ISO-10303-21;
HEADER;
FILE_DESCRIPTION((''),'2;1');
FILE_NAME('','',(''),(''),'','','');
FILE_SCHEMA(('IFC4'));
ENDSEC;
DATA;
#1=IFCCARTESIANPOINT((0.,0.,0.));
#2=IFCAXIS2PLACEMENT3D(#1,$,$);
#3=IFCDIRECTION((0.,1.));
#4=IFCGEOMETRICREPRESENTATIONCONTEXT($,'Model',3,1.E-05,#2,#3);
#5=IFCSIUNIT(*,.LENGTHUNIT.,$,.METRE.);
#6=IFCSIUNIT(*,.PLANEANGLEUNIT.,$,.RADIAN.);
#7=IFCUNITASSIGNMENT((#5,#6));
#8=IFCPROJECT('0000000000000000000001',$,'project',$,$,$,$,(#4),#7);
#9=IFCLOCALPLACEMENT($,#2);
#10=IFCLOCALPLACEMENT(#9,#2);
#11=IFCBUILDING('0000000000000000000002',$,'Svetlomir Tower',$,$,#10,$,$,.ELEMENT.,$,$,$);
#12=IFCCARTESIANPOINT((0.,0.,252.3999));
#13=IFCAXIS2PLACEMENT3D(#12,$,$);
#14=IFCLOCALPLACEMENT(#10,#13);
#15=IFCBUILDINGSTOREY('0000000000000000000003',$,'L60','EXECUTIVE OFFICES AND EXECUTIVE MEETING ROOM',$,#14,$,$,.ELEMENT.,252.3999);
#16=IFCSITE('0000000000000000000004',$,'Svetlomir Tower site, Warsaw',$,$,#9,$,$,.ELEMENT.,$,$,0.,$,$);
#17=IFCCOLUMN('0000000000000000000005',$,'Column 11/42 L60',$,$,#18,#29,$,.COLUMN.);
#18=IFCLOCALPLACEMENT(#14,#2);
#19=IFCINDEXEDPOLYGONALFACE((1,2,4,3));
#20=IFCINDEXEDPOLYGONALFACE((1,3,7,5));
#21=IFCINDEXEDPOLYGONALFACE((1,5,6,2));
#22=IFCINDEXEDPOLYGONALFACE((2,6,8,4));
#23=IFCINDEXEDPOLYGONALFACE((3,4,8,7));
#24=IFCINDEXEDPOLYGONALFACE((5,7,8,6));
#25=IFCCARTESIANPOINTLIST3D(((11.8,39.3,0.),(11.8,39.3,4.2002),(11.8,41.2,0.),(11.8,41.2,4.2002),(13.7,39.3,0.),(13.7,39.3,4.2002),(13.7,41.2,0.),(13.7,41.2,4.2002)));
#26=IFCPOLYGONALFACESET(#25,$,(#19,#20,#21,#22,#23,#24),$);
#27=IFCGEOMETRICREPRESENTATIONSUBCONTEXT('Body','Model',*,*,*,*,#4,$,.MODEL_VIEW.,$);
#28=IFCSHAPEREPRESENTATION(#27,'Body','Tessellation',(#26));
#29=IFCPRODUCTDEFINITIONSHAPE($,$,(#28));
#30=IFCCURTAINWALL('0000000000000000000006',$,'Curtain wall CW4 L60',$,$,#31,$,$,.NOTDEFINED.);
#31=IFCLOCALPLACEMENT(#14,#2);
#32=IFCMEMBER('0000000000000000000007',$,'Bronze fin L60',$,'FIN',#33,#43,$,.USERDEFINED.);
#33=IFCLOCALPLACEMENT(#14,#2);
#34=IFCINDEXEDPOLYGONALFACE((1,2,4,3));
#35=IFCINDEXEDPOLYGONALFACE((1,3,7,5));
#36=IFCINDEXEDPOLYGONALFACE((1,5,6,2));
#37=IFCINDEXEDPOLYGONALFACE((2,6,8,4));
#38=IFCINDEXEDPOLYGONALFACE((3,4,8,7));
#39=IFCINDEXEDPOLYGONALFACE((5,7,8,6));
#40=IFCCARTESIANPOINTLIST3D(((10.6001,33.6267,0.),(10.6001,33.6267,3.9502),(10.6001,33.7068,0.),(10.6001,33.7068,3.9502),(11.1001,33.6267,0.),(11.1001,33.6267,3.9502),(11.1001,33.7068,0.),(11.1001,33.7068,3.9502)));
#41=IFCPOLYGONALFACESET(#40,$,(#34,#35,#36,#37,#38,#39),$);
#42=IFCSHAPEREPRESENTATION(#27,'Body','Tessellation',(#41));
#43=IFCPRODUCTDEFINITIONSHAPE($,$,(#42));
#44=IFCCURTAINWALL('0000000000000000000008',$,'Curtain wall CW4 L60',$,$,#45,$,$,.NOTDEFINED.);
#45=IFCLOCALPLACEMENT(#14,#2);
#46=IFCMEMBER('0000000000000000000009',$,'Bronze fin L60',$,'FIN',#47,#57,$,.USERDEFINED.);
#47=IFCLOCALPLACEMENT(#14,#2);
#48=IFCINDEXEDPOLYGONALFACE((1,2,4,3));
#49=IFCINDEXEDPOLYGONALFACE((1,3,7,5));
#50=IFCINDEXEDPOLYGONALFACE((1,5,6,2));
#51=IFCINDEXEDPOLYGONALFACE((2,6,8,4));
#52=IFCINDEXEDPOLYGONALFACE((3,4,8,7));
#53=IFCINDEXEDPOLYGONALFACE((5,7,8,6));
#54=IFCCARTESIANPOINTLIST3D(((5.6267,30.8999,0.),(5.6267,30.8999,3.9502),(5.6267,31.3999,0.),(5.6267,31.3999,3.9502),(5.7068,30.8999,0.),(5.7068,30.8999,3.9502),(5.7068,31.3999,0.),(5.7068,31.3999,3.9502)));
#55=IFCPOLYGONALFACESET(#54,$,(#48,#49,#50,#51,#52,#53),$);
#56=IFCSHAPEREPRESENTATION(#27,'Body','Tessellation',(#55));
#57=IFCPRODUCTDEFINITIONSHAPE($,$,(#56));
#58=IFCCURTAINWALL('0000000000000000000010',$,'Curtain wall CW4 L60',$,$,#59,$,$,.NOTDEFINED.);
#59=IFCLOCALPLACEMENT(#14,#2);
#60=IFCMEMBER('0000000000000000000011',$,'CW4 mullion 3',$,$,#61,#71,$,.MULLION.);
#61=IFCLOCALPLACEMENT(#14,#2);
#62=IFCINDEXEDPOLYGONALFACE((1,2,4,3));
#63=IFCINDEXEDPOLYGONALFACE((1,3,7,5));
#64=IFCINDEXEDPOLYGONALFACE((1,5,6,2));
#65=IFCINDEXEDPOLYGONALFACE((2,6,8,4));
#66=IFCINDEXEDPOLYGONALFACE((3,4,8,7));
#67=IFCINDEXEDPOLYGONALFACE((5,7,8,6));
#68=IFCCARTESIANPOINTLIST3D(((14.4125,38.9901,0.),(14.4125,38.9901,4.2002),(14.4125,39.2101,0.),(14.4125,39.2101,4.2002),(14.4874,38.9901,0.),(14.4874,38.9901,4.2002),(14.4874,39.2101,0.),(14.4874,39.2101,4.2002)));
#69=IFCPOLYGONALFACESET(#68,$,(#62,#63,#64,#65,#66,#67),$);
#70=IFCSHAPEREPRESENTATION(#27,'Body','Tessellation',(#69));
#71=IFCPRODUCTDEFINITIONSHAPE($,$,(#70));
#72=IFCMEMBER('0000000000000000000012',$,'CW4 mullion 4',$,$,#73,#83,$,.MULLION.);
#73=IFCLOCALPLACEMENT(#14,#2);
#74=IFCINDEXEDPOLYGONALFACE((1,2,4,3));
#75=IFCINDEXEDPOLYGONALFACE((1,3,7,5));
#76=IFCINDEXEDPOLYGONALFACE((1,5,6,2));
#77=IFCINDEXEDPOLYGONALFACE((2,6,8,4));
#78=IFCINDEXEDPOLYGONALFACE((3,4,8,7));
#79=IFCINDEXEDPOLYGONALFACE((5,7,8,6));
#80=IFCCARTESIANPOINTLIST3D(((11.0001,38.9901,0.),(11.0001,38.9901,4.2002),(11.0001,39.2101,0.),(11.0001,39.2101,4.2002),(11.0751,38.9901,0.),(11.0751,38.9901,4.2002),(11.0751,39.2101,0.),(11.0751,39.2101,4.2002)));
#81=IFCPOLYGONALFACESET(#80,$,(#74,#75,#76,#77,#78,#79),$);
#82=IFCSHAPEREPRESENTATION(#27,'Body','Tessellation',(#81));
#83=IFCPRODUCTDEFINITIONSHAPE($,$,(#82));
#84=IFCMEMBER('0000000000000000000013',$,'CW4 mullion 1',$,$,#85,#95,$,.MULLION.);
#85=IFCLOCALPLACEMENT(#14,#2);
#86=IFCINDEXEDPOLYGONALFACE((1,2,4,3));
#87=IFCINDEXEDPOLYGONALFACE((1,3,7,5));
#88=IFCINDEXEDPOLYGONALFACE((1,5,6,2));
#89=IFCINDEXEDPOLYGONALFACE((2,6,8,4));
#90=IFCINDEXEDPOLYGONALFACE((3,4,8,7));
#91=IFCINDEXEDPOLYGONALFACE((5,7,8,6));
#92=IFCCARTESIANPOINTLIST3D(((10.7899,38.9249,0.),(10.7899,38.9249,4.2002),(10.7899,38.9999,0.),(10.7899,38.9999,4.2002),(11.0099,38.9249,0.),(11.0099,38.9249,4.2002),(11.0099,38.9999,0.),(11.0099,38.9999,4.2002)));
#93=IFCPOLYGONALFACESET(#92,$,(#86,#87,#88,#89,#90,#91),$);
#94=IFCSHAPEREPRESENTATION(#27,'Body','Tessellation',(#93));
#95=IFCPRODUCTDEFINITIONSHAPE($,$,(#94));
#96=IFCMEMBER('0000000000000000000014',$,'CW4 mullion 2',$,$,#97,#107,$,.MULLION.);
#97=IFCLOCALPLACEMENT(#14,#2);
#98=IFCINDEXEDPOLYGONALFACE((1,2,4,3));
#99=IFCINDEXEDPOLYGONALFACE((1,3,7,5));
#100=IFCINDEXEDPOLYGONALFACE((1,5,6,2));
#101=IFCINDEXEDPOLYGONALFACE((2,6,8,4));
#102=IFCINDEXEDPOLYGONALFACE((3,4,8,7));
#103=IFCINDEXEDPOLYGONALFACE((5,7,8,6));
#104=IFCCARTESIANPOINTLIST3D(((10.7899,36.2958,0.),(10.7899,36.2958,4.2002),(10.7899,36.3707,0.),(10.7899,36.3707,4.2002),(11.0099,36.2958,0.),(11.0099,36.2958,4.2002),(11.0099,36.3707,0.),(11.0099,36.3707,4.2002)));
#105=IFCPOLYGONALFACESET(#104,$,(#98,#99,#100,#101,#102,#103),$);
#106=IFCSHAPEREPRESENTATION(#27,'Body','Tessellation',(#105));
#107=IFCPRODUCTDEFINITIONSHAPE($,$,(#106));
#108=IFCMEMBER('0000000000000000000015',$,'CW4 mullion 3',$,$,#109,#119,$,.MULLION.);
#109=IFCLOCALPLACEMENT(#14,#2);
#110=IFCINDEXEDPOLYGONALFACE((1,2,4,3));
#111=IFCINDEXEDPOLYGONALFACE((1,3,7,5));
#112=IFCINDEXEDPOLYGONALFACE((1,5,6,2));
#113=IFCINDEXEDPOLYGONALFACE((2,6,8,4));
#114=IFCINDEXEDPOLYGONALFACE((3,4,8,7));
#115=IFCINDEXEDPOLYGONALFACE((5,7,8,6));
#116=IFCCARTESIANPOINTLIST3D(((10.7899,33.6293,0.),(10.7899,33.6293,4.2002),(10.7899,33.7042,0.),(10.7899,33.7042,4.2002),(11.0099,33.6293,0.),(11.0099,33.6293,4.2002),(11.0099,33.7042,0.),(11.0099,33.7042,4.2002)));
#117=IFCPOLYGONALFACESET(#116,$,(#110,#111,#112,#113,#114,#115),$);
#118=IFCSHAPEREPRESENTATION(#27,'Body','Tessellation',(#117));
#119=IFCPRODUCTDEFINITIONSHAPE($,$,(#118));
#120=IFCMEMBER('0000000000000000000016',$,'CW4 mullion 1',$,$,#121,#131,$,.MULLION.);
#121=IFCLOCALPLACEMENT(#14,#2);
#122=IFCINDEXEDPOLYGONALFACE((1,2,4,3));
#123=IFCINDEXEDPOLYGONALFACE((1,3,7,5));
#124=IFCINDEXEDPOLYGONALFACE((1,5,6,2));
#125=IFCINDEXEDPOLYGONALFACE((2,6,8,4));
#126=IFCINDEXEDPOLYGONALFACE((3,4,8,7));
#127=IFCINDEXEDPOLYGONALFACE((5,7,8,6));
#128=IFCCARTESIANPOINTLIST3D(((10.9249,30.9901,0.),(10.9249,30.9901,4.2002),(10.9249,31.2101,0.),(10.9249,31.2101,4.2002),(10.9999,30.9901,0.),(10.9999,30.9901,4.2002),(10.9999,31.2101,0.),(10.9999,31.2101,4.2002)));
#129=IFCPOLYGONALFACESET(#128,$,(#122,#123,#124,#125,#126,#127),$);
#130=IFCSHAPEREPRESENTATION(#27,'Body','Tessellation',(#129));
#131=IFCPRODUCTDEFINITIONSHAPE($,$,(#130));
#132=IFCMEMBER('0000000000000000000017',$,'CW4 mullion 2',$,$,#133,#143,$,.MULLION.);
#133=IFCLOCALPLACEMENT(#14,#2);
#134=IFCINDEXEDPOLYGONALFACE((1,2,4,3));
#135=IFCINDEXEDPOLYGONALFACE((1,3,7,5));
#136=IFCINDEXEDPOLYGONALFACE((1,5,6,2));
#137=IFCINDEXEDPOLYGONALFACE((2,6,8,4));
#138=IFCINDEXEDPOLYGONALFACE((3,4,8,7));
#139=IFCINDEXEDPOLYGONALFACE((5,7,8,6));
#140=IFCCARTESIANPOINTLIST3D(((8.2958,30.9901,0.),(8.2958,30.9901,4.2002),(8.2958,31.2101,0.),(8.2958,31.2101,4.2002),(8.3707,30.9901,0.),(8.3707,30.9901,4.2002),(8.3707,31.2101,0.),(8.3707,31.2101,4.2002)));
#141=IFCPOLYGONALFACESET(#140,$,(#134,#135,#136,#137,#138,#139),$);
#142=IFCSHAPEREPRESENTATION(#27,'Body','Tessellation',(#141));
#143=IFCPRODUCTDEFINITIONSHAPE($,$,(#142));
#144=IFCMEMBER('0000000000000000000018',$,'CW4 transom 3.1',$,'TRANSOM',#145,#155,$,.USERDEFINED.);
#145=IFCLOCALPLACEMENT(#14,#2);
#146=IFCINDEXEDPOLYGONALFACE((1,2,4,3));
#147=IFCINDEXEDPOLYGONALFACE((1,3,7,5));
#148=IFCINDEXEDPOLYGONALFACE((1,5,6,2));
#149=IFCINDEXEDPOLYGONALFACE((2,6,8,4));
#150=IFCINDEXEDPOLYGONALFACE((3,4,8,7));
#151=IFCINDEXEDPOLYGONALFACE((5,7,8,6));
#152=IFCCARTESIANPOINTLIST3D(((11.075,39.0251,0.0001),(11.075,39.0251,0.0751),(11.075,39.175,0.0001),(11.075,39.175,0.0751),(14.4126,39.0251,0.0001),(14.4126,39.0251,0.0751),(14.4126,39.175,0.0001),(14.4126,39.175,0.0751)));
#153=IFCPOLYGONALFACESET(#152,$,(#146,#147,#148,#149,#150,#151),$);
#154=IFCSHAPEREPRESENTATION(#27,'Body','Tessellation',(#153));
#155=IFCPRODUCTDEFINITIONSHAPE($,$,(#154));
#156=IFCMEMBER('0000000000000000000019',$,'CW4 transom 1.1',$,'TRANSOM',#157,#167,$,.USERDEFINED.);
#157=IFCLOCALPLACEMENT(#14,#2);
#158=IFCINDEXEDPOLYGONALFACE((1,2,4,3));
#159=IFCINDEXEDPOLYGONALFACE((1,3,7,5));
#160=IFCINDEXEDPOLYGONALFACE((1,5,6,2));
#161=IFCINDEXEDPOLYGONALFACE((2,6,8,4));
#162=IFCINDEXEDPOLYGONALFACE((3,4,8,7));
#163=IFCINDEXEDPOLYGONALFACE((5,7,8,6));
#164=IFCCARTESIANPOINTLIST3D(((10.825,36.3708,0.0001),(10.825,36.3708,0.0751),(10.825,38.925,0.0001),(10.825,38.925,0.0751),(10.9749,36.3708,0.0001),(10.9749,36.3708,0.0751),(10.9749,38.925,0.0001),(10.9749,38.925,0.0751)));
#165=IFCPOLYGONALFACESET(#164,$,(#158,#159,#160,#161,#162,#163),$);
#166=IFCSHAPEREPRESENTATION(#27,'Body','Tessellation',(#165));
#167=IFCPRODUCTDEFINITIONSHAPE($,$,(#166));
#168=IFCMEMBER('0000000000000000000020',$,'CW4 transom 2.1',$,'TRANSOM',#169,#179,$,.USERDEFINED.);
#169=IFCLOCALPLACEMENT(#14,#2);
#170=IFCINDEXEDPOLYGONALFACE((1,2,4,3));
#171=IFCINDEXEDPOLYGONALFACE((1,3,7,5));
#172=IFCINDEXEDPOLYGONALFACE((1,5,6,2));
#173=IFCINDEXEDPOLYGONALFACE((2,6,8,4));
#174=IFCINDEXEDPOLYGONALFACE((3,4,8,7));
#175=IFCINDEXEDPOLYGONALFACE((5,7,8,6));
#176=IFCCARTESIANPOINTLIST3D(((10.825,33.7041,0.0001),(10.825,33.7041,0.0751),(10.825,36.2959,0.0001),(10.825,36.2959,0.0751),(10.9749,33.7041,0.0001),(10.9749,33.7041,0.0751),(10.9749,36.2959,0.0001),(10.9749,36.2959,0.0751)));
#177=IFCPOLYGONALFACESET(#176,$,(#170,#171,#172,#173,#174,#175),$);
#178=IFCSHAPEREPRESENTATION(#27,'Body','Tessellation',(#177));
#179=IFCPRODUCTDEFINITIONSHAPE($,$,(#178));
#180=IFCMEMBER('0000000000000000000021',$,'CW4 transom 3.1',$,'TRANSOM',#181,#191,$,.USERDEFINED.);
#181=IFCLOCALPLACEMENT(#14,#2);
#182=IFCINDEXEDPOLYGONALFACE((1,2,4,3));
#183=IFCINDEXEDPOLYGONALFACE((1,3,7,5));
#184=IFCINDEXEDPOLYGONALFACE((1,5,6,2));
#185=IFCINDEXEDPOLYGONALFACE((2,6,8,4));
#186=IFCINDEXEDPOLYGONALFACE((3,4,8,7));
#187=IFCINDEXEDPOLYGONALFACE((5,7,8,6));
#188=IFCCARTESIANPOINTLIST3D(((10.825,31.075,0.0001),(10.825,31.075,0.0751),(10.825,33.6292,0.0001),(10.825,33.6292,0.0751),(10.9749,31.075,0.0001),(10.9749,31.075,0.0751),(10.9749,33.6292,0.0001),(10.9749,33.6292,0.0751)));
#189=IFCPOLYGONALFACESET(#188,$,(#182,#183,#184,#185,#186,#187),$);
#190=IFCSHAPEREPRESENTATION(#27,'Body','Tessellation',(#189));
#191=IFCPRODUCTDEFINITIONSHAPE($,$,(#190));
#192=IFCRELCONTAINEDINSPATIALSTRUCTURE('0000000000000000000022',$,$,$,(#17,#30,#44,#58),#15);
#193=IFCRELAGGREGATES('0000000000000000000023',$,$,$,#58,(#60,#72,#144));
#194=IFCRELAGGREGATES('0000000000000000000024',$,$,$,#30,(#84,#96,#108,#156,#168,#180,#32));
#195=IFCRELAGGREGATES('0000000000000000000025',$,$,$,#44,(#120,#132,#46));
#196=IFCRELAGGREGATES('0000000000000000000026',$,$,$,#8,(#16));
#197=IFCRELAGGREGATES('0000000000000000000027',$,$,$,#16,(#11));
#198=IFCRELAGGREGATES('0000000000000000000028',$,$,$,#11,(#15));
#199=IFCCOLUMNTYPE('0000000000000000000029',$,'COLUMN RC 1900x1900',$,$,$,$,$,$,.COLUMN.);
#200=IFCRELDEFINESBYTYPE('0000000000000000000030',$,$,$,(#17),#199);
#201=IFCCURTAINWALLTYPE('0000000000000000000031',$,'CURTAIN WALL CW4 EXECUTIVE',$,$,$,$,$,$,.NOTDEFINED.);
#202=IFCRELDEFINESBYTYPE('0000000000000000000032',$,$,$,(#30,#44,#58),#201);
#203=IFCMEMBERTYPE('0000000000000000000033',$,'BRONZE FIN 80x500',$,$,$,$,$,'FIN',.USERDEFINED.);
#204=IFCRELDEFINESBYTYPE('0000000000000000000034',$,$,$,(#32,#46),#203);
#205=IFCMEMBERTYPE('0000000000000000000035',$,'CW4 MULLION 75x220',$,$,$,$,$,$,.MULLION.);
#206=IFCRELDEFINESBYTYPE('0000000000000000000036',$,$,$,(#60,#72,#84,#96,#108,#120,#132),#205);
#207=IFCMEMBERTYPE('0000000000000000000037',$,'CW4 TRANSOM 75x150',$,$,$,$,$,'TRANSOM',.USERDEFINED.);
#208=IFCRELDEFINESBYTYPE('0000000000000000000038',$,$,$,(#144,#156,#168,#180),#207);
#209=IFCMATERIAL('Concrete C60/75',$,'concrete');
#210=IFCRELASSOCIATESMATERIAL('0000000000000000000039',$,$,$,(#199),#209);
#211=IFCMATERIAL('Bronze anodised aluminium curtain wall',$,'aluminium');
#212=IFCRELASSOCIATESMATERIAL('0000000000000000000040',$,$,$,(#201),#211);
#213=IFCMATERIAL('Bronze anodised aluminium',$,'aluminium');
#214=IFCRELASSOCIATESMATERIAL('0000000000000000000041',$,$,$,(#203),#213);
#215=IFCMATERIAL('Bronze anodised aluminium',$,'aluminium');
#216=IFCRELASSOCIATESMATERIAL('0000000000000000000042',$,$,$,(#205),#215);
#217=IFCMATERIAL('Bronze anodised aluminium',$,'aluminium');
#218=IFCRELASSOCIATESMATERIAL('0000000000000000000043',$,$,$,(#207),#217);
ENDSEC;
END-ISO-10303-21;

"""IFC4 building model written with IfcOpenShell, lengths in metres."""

from ifc_helpers import new_model, si_unit, direction, frame, origin, origin_2d, place, context, subcontext, project, spatial, rectangle, extrude, material, material_profile, profile_set, type_object, element, aggregate, save


model = new_model("IFC4")

# Units and contexts
model_context = context("Model", 3, precision=1e-05, world=origin(), true_north=direction((0.0, 1.0)))
body_context = subcontext(model_context, "Body", "Model", "MODEL_VIEW")
ifc_project = project(units=[si_unit("LENGTHUNIT", "METRE"), si_unit("PLANEANGLEUNIT", "RADIAN")], contexts=[model_context])

# Site, building, storey
site_placement = place(None, origin())
site = spatial("IfcSite", under=ifc_project, at=site_placement, Name="Svetlomir Tower site, Warsaw", CompositionType="ELEMENT", RefElevation=0.0)
building_placement = place(site_placement, origin())
building = spatial("IfcBuilding", under=site, at=building_placement, Name="Svetlomir Tower", CompositionType="ELEMENT")
storey_placement = place(building_placement, frame((0.0, 0.0, 252.3999)))
storey = spatial("IfcBuildingStorey", under=building, at=storey_placement, Name="L60", Description="EXECUTIVE OFFICES AND EXECUTIVE MEETING ROOM", CompositionType="ELEMENT", Elevation=252.3999)

# Column
ifc_material_1 = material(Name="Concrete C60/75", Category="concrete")
ifc_material_profile_1 = material_profile(ifc_material_1, rectangle(XDim=1.8999, YDim=1.8999, at=origin_2d()), Name="RC 1900x1900")
ifc_profile_set_1 = profile_set([ifc_material_profile_1], Name="Concrete C60/75")
column_type = type_object("IfcColumnType", Name="COLUMN RC 1900x1900", PredefinedType="COLUMN", material=ifc_profile_set_1)
column_placement = place(storey_placement, frame((12.75, 40.25, 0.0), z_axis=(0.0, 0.0, 1.0), x_axis=(1.0, 0.0, 0.0)))
element("IfcColumn", 1, at=column_placement, inside=storey, type_object=column_type, Name="Column 11/42 L60", PredefinedType="COLUMN", context=body_context, shape_type="SweptSolid", body=[
    extrude(rectangle(XDim=1.8999, YDim=1.8999, at=origin_2d()), origin(), (0.0, 0.0, 1.0), 4.2002),
])

# Curtain walls, members
ifc_material_2 = material(Name="Bronze anodised aluminium curtain wall", Category="aluminium")
curtain_wall_type = type_object("IfcCurtainWallType", Name="CURTAIN WALL CW4 EXECUTIVE", PredefinedType="NOTDEFINED", material=ifc_material_2)
curtain_wall_1_placement = place(storey_placement, origin())
curtain_wall_1 = element("IfcCurtainWall", 2, at=curtain_wall_1_placement, inside=storey, type_object=curtain_wall_type, Name="Curtain wall CW4 L60", PredefinedType="NOTDEFINED")
ifc_material_3 = material(Name="Bronze anodised aluminium", Category="aluminium")
ifc_material_profile_2 = material_profile(ifc_material_3, rectangle(XDim=0.0801, YDim=0.5, at=origin_2d()), Name="FIN 80x500")
ifc_profile_set_2 = profile_set([ifc_material_profile_2], Name="Bronze anodised aluminium 6063-T6")
member_type_1 = type_object("IfcMemberType", Name="BRONZE FIN 80x500", ElementType="FIN", PredefinedType="USERDEFINED", material=ifc_profile_set_2)
member_1_placement = place(storey_placement, frame((10.8501, 33.6667, 0.0), z_axis=(0.0, 0.0, 1.0), x_axis=(0.0, 1.0, 0.0)))
member_1 = element("IfcMember", 3, at=member_1_placement, type_object=member_type_1, Name="Bronze fin L60", ObjectType="FIN", PredefinedType="USERDEFINED", context=body_context, shape_type="SweptSolid", body=[
    extrude(rectangle(XDim=0.0801, YDim=0.5, at=origin_2d()), origin(), (0.0, 0.0, 1.0), 3.9502),
])
curtain_wall_2_placement = place(storey_placement, origin())
curtain_wall_2 = element("IfcCurtainWall", 4, at=curtain_wall_2_placement, inside=storey, type_object=curtain_wall_type, Name="Curtain wall CW4 L60", PredefinedType="NOTDEFINED")
member_2_placement = place(storey_placement, frame((5.6667, 31.1499, 0.0), z_axis=(0.0, 0.0, 1.0), x_axis=(1.0, 0.0, 0.0)))
member_2 = element("IfcMember", 5, at=member_2_placement, type_object=member_type_1, Name="Bronze fin L60", ObjectType="FIN", PredefinedType="USERDEFINED", context=body_context, shape_type="SweptSolid", body=[
    extrude(rectangle(XDim=0.0801, YDim=0.5, at=origin_2d()), origin(), (0.0, 0.0, 1.0), 3.9502),
])

# Curtain wall, members
curtain_wall_3_placement = place(storey_placement, origin())
curtain_wall_3 = element("IfcCurtainWall", 6, at=curtain_wall_3_placement, inside=storey, type_object=curtain_wall_type, Name="Curtain wall CW4 L60", PredefinedType="NOTDEFINED")
ifc_material_4 = material(Name="Bronze anodised aluminium", Category="aluminium")
ifc_material_profile_3 = material_profile(ifc_material_4, rectangle(XDim=0.075, YDim=0.22, at=origin_2d()), Name="AL 75x220")
ifc_profile_set_3 = profile_set([ifc_material_profile_3], Name="Bronze anodised aluminium 6063-T6")
member_type_2 = type_object("IfcMemberType", Name="CW4 MULLION 75x220", PredefinedType="MULLION", material=ifc_profile_set_3)
member_3_placement = place(storey_placement, frame((14.45, 39.1001, 0.0), z_axis=(0.0, 0.0, 1.0), x_axis=(-1.0, 0.0, 0.0)))
member_3 = element("IfcMember", 7, at=member_3_placement, type_object=member_type_2, Name="CW4 mullion 3", PredefinedType="MULLION", context=body_context, shape_type="SweptSolid", body=[
    extrude(rectangle(XDim=0.075, YDim=0.22, at=origin_2d()), origin(), (0.0, 0.0, 1.0), 4.2002),
])
member_4_placement = place(storey_placement, frame((11.0376, 39.1001, 0.0), z_axis=(0.0, 0.0, 1.0), x_axis=(-1.0, 0.0, 0.0)))
member_4 = element("IfcMember", 8, at=member_4_placement, type_object=member_type_2, Name="CW4 mullion 4", PredefinedType="MULLION", context=body_context, shape_type="SweptSolid", body=[
    extrude(rectangle(XDim=0.075, YDim=0.22, at=origin_2d()), origin(), (0.0, 0.0, 1.0), 4.2002),
])

# Members
member_5_placement = place(storey_placement, frame((10.8999, 38.9624, 0.0), z_axis=(0.0, 0.0, 1.0), x_axis=(0.0, -1.0, 0.0)))
member_5 = element("IfcMember", 9, at=member_5_placement, type_object=member_type_2, Name="CW4 mullion 1", PredefinedType="MULLION", context=body_context, shape_type="SweptSolid", body=[
    extrude(rectangle(XDim=0.075, YDim=0.22, at=origin_2d()), origin(), (0.0, 0.0, 1.0), 4.2002),
])
member_6_placement = place(storey_placement, frame((10.8999, 36.3333, 0.0), z_axis=(0.0, 0.0, 1.0), x_axis=(0.0, -1.0, 0.0)))
member_6 = element("IfcMember", 10, at=member_6_placement, type_object=member_type_2, Name="CW4 mullion 2", PredefinedType="MULLION", context=body_context, shape_type="SweptSolid", body=[
    extrude(rectangle(XDim=0.075, YDim=0.22, at=origin_2d()), origin(), (0.0, 0.0, 1.0), 4.2002),
])
member_7_placement = place(storey_placement, frame((10.8999, 33.6667, 0.0), z_axis=(0.0, 0.0, 1.0), x_axis=(0.0, -1.0, 0.0)))
member_7 = element("IfcMember", 11, at=member_7_placement, type_object=member_type_2, Name="CW4 mullion 3", PredefinedType="MULLION", context=body_context, shape_type="SweptSolid", body=[
    extrude(rectangle(XDim=0.075, YDim=0.22, at=origin_2d()), origin(), (0.0, 0.0, 1.0), 4.2002),
])
member_8_placement = place(storey_placement, frame((10.9624, 31.1001, 0.0), z_axis=(0.0, 0.0, 1.0), x_axis=(-1.0, 0.0, 0.0)))
member_8 = element("IfcMember", 12, at=member_8_placement, type_object=member_type_2, Name="CW4 mullion 1", PredefinedType="MULLION", context=body_context, shape_type="SweptSolid", body=[
    extrude(rectangle(XDim=0.075, YDim=0.22, at=origin_2d()), origin(), (0.0, 0.0, 1.0), 4.2002),
])
member_9_placement = place(storey_placement, frame((8.3333, 31.1001, 0.0), z_axis=(0.0, 0.0, 1.0), x_axis=(-1.0, 0.0, 0.0)))
member_9 = element("IfcMember", 13, at=member_9_placement, type_object=member_type_2, Name="CW4 mullion 2", PredefinedType="MULLION", context=body_context, shape_type="SweptSolid", body=[
    extrude(rectangle(XDim=0.075, YDim=0.22, at=origin_2d()), origin(), (0.0, 0.0, 1.0), 4.2002),
])
ifc_material_5 = material(Name="Bronze anodised aluminium", Category="aluminium")
ifc_material_profile_4 = material_profile(ifc_material_5, rectangle(XDim=0.1499, YDim=0.075, at=origin_2d()), Name="AL 150x75")
ifc_profile_set_4 = profile_set([ifc_material_profile_4], Name="Bronze anodised aluminium 6063-T6")
member_type_3 = type_object("IfcMemberType", Name="CW4 TRANSOM 75x150", ElementType="TRANSOM", PredefinedType="USERDEFINED", material=ifc_profile_set_4)
member_10_placement = place(storey_placement, frame((14.4126, 39.1001, 0.0376), z_axis=(-1.0, 0.0, 0.0), x_axis=(0.0, -1.0, 0.0)))
member_10 = element("IfcMember", 14, at=member_10_placement, type_object=member_type_3, Name="CW4 transom 3.1", ObjectType="TRANSOM", PredefinedType="USERDEFINED", context=body_context, shape_type="SweptSolid", body=[
    extrude(rectangle(XDim=0.1499, YDim=0.075, at=origin_2d()), origin(), (0.0, 0.0, 1.0), 3.3376),
])
member_11_placement = place(storey_placement, frame((10.8999, 38.925, 0.0376), z_axis=(0.0, -1.0, 0.0), x_axis=(1.0, 0.0, 0.0)))
member_11 = element("IfcMember", 15, at=member_11_placement, type_object=member_type_3, Name="CW4 transom 1.1", ObjectType="TRANSOM", PredefinedType="USERDEFINED", context=body_context, shape_type="SweptSolid", body=[
    extrude(rectangle(XDim=0.1499, YDim=0.075, at=origin_2d()), origin(), (0.0, 0.0, 1.0), 2.5542),
])
member_12_placement = place(storey_placement, frame((10.8999, 36.2959, 0.0376), z_axis=(0.0, -1.0, 0.0), x_axis=(1.0, 0.0, 0.0)))
member_12 = element("IfcMember", 16, at=member_12_placement, type_object=member_type_3, Name="CW4 transom 2.1", ObjectType="TRANSOM", PredefinedType="USERDEFINED", context=body_context, shape_type="SweptSolid", body=[
    extrude(rectangle(XDim=0.1499, YDim=0.075, at=origin_2d()), origin(), (0.0, 0.0, 1.0), 2.5918),
])
member_13_placement = place(storey_placement, frame((10.8999, 33.6292, 0.0376), z_axis=(0.0, -1.0, 0.0), x_axis=(1.0, 0.0, 0.0)))
member_13 = element("IfcMember", 17, at=member_13_placement, type_object=member_type_3, Name="CW4 transom 3.1", ObjectType="TRANSOM", PredefinedType="USERDEFINED", context=body_context, shape_type="SweptSolid", body=[
    extrude(rectangle(XDim=0.1499, YDim=0.075, at=origin_2d()), origin(), (0.0, 0.0, 1.0), 2.5542),
])

aggregate(curtain_wall_3, [member_3, member_4, member_10])
aggregate(curtain_wall_1, [member_5, member_6, member_7, member_11, member_12, member_13, member_1])
aggregate(curtain_wall_2, [member_8, member_9, member_2])

save(model, "model.ifc")
